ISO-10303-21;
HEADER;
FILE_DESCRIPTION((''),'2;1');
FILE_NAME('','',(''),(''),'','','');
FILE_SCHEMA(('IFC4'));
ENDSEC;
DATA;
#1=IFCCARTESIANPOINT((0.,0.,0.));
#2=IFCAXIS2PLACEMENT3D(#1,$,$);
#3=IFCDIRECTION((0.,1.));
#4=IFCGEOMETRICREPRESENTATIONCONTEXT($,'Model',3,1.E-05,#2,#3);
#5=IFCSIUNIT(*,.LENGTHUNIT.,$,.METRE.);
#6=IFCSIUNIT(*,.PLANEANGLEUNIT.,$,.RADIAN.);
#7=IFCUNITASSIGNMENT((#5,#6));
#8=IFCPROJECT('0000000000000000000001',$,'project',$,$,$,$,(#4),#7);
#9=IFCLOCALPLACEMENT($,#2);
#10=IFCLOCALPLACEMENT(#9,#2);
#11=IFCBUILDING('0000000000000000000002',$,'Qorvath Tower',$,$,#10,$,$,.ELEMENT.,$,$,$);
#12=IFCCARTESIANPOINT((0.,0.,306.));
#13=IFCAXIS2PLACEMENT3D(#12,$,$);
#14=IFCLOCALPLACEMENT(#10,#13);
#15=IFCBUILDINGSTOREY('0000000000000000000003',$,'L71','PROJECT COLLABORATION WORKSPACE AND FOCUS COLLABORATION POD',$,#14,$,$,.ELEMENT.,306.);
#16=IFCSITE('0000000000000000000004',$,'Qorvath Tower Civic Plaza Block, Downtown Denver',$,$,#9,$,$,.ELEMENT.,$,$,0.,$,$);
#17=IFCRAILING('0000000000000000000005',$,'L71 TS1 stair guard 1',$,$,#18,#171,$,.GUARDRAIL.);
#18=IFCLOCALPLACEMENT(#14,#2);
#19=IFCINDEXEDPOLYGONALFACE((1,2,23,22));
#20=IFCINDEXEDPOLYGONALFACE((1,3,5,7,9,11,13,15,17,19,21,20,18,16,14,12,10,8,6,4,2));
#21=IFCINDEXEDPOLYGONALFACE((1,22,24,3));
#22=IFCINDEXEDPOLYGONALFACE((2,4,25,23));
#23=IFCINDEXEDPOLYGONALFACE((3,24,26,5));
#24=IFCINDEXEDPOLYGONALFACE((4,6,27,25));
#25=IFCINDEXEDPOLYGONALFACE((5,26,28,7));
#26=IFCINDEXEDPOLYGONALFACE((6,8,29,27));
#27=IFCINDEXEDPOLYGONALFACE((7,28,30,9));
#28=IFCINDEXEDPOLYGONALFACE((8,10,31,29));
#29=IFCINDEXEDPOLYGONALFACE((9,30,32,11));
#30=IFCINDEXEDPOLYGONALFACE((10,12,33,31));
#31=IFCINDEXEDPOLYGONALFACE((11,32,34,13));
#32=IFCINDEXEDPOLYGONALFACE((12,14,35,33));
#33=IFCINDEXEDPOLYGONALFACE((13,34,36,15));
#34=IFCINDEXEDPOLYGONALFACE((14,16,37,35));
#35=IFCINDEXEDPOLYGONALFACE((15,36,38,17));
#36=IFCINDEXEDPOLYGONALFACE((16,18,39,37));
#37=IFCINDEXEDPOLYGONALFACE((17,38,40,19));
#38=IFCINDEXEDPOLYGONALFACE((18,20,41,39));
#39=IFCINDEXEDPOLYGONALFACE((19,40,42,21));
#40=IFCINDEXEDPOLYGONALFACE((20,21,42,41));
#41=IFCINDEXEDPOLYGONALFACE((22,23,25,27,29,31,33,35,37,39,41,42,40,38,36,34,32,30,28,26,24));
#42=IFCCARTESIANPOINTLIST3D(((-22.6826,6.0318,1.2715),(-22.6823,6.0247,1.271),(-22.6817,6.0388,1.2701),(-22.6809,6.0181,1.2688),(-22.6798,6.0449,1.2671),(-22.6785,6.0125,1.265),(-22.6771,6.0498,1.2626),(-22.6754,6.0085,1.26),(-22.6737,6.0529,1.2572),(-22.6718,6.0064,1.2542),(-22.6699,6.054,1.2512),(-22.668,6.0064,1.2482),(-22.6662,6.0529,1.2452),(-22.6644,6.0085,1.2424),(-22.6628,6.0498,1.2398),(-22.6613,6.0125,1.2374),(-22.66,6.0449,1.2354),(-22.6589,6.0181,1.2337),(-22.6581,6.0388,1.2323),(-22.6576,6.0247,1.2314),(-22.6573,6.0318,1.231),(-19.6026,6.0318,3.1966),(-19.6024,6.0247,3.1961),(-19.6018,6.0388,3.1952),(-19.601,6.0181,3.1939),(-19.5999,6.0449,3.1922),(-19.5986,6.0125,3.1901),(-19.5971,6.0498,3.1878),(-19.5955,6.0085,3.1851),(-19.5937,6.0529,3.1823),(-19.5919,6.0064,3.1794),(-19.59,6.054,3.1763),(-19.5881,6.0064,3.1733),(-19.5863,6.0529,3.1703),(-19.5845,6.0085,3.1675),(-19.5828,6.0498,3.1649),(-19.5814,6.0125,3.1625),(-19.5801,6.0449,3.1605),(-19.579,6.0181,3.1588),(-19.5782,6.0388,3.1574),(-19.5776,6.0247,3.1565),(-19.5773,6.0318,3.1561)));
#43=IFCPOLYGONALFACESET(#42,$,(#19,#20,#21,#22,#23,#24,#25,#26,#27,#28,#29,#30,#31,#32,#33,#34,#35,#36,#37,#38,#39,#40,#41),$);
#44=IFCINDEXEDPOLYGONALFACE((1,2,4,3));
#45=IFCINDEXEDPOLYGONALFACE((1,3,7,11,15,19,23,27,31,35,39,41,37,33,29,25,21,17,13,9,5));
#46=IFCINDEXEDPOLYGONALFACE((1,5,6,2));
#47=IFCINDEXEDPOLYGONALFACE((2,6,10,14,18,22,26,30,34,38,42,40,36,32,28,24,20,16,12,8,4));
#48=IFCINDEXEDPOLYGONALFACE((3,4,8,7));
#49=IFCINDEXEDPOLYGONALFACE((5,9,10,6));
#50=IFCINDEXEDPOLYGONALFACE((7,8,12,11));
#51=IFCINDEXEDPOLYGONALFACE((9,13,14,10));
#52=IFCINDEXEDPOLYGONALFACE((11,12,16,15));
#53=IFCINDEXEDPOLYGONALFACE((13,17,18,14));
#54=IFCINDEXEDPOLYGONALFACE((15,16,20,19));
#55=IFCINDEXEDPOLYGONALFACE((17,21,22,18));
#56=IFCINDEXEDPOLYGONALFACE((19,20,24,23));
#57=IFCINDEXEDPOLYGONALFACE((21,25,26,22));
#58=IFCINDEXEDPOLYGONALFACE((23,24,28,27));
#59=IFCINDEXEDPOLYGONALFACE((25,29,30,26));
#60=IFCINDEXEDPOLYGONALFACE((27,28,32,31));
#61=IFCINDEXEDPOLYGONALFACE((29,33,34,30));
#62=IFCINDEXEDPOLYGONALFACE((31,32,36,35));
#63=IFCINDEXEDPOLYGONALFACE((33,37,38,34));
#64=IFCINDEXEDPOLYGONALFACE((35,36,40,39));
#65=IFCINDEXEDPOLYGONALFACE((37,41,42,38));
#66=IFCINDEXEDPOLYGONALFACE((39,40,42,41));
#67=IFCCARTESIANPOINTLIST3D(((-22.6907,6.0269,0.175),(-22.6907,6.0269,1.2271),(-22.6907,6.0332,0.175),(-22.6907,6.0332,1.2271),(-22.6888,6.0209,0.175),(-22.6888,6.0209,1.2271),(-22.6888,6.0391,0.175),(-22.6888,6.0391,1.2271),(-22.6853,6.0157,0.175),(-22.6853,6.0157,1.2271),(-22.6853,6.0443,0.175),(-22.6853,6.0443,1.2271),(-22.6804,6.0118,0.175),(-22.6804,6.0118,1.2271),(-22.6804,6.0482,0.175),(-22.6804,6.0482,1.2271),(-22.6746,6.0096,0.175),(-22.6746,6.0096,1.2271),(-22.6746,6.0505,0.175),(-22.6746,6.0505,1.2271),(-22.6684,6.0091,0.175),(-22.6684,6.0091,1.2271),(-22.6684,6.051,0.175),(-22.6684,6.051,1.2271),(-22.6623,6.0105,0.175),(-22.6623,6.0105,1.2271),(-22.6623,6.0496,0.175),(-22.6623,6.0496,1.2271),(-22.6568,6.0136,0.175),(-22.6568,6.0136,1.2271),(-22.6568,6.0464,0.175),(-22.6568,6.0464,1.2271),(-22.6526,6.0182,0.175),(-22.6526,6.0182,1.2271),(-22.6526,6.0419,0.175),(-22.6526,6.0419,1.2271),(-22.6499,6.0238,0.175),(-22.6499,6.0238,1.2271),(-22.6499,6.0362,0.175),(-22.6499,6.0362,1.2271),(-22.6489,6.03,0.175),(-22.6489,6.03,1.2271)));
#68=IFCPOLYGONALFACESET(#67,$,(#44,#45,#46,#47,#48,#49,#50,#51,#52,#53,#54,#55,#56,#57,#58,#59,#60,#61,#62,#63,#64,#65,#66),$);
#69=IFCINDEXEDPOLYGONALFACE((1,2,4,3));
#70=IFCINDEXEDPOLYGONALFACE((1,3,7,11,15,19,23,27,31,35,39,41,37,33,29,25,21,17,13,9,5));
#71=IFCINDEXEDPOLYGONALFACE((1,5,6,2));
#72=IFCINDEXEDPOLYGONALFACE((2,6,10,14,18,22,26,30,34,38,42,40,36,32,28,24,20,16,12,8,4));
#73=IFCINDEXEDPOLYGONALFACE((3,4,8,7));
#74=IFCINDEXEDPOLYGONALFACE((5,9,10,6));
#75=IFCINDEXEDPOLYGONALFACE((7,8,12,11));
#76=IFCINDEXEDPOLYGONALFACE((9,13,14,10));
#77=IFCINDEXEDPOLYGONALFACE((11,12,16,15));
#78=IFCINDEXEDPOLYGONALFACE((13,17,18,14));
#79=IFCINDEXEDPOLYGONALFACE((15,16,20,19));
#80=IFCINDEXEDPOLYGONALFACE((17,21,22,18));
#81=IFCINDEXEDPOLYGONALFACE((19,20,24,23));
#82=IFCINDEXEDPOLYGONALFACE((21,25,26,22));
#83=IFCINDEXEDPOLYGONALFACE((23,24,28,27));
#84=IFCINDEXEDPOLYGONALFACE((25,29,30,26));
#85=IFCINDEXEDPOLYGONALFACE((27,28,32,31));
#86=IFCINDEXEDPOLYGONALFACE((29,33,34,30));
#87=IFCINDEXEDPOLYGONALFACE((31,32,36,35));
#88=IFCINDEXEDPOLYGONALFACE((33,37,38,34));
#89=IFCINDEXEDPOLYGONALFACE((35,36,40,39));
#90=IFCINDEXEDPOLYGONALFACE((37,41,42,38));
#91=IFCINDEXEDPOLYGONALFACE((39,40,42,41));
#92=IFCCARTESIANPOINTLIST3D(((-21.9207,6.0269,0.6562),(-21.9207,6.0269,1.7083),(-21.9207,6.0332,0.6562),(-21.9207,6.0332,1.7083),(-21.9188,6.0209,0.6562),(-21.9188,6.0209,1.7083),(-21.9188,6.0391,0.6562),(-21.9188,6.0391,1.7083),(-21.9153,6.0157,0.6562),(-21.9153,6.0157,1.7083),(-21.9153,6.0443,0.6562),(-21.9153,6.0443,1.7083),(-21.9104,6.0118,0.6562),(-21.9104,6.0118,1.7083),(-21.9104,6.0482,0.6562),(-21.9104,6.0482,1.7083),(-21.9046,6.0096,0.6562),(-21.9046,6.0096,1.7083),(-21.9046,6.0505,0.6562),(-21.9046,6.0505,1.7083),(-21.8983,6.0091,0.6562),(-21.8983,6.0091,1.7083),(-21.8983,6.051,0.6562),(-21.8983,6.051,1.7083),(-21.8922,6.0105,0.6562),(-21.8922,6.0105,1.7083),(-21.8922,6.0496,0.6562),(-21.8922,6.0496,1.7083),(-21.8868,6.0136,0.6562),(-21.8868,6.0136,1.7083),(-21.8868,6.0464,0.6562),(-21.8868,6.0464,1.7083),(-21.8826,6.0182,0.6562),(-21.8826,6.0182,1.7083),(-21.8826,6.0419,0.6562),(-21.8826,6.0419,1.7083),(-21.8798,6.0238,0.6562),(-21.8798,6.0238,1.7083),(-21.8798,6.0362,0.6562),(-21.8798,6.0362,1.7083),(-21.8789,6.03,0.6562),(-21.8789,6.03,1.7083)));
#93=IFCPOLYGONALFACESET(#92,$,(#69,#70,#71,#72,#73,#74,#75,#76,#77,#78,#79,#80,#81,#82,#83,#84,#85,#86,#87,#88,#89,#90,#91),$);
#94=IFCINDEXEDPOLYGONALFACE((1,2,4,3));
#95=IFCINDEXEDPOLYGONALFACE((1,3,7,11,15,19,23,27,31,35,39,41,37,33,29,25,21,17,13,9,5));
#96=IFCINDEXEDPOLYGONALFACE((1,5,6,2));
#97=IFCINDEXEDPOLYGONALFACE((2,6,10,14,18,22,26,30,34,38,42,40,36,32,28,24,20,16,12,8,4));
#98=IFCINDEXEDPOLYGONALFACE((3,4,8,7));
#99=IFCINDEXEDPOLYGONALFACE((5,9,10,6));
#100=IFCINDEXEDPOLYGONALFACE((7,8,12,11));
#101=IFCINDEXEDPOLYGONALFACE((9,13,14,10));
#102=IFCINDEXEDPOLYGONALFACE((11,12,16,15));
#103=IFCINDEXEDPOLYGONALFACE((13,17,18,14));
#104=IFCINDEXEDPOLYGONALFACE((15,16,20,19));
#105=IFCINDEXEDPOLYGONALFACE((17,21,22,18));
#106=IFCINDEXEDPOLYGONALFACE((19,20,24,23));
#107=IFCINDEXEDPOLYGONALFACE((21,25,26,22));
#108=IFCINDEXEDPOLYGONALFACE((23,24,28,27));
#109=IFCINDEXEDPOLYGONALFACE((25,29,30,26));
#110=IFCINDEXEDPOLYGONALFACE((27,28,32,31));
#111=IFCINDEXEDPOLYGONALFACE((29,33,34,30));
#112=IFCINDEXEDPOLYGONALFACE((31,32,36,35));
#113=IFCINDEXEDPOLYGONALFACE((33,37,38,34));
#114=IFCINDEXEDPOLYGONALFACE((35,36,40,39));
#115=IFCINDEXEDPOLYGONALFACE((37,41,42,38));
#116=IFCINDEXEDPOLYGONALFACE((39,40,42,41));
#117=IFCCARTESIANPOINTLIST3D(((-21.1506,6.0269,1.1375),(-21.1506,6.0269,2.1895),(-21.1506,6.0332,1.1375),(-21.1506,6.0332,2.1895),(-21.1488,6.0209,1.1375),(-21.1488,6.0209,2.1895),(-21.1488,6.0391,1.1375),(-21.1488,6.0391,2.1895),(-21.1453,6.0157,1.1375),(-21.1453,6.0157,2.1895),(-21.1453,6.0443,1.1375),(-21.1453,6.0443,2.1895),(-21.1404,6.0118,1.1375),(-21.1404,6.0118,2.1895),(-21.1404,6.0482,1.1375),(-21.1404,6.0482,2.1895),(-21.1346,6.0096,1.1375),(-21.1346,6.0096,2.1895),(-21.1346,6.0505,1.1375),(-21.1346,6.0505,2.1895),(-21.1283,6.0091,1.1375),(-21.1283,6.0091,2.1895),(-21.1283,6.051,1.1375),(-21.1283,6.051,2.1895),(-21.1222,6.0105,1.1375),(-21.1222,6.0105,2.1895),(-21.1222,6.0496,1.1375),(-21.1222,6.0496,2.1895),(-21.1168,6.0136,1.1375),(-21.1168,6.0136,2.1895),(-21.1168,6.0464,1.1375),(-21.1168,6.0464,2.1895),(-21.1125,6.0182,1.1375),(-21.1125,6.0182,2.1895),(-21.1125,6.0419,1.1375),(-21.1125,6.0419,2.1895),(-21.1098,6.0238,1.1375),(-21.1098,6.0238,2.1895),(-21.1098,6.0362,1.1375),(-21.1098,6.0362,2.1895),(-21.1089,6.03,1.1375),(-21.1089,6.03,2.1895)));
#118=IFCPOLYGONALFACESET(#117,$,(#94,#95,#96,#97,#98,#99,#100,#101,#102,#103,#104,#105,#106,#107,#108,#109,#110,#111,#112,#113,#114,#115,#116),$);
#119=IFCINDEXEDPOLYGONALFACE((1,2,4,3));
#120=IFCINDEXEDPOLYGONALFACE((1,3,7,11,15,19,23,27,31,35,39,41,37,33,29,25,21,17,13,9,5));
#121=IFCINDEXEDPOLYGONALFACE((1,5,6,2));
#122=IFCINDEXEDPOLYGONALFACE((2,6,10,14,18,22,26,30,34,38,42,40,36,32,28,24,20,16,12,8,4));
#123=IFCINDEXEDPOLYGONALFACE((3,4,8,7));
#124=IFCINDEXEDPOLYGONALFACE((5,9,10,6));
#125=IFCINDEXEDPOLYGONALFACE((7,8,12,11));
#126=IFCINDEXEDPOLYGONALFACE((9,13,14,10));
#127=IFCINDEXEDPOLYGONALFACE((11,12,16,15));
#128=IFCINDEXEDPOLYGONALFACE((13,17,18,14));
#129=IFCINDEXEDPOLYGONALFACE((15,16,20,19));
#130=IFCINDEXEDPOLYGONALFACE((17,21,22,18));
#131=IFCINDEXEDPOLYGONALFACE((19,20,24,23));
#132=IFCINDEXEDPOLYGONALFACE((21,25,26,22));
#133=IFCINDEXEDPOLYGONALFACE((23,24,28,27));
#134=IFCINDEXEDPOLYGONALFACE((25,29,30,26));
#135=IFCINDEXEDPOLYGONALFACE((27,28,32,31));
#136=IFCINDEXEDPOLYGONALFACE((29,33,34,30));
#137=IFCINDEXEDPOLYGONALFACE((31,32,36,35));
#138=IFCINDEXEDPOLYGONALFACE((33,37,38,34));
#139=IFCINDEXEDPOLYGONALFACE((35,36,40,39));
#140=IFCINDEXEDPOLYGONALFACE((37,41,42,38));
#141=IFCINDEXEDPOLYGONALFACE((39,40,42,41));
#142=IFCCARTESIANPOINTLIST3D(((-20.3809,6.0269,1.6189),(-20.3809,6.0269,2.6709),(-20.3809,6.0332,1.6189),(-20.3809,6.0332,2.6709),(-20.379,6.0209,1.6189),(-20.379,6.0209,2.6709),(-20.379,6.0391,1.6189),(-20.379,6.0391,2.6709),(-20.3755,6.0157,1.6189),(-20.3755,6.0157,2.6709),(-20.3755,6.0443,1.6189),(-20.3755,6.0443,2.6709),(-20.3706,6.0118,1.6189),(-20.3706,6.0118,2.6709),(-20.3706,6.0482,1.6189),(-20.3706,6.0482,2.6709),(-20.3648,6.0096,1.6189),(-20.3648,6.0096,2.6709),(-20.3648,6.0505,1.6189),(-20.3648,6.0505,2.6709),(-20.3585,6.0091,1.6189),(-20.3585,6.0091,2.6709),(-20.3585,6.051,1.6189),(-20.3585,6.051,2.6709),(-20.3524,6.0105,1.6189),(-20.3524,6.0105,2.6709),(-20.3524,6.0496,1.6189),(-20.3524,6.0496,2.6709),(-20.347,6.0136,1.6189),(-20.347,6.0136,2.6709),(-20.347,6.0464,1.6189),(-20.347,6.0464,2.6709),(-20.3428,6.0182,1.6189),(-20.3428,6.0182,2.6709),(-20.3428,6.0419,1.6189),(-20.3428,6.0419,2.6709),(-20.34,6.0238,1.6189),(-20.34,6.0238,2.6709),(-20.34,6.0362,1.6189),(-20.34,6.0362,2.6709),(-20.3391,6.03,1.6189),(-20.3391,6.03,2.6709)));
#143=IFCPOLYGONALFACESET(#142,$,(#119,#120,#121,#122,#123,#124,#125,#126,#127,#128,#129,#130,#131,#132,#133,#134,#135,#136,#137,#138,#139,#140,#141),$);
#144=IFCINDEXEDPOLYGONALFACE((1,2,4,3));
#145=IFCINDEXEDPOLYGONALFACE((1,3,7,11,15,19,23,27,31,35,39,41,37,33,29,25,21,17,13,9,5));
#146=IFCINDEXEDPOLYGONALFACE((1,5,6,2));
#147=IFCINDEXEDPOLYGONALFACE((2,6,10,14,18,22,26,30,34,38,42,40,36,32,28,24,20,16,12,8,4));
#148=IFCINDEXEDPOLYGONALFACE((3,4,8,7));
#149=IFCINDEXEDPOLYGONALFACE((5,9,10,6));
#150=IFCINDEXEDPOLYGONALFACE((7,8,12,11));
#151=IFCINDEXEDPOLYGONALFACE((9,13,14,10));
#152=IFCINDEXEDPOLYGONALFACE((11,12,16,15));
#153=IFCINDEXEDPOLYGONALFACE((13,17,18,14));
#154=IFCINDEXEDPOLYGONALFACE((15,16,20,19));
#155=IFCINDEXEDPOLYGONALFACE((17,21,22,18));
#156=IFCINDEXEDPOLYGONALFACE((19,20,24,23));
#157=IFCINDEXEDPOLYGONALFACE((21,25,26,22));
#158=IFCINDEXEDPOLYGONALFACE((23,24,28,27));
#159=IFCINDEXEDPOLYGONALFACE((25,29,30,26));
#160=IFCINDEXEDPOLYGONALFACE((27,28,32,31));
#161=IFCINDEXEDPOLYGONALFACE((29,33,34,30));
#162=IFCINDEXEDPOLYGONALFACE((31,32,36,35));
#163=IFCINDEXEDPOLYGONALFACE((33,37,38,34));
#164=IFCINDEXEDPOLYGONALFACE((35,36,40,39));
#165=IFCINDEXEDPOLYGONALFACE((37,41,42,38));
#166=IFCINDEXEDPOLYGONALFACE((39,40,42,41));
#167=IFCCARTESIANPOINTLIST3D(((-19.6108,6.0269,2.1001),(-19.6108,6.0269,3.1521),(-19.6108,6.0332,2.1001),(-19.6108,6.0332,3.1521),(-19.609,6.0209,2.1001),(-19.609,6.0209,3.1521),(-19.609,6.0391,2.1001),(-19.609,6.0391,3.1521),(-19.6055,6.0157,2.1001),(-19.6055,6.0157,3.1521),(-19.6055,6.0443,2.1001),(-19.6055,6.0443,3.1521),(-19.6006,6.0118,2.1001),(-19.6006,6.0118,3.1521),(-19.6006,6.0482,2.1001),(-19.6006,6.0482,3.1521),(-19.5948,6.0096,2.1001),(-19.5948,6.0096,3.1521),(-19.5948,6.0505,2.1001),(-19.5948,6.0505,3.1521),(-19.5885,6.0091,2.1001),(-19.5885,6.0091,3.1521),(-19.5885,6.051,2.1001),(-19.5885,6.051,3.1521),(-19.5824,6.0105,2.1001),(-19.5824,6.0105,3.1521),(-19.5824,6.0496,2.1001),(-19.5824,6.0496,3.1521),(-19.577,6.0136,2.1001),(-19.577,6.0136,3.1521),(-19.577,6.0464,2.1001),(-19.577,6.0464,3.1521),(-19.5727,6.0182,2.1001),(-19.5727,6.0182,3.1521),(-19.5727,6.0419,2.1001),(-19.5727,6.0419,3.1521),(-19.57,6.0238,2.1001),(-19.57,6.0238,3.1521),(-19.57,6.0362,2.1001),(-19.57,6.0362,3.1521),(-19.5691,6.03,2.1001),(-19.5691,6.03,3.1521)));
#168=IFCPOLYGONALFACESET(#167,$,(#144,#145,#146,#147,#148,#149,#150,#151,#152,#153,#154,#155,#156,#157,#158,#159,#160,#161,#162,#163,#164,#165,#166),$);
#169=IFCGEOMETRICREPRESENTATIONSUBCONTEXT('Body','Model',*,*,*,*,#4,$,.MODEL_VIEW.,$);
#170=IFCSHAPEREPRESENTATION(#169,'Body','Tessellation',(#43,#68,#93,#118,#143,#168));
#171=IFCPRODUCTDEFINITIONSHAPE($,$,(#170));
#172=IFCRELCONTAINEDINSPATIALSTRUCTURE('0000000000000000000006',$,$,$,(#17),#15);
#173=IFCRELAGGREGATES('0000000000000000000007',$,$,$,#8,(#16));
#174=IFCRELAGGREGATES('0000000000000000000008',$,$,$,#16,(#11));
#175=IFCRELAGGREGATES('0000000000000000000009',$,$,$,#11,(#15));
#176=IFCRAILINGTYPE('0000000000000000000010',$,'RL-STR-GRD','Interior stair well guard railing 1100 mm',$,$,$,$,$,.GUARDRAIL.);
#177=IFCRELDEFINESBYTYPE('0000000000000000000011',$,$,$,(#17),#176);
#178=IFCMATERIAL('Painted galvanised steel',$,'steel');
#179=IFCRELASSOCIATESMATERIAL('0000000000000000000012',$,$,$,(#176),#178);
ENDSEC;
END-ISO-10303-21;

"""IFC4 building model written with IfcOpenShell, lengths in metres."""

from ifc_helpers import new_model, si_unit, direction, frame, origin, origin_2d, place, context, subcontext, project, spatial, circle, extrude, material, type_object, element, save


model = new_model("IFC4")

# Units and contexts
model_context = context("Model", 3, precision=1e-05, world=origin(), true_north=direction((0.0, 1.0)))
body_context = subcontext(model_context, "Body", "Model", "MODEL_VIEW")
ifc_project = project(units=[si_unit("LENGTHUNIT", "METRE"), si_unit("PLANEANGLEUNIT", "RADIAN")], contexts=[model_context])

# Site, building, storey
site_placement = place(None, origin())
site = spatial("IfcSite", under=ifc_project, at=site_placement, Name="Qorvath Tower Civic Plaza Block, Downtown Denver", CompositionType="ELEMENT", RefElevation=0.0)
building_placement = place(site_placement, origin())
building = spatial("IfcBuilding", under=site, at=building_placement, Name="Qorvath Tower", CompositionType="ELEMENT")
storey_placement = place(building_placement, frame((0.0, 0.0, 306.0)))
storey = spatial("IfcBuildingStorey", under=building, at=storey_placement, Name="L71", Description="PROJECT COLLABORATION WORKSPACE AND FOCUS COLLABORATION POD", CompositionType="ELEMENT", Elevation=306.0)

# Railing
ifc_material_1 = material(Name="Painted galvanised steel", Category="steel")
railing_type_1 = type_object("IfcRailingType", Name="RL-STR-GRD", Description="Interior stair well guard railing 1100 mm", PredefinedType="GUARDRAIL", material=ifc_material_1)
railing_1_placement = place(storey_placement, frame((-22.6699, 6.03, 0.175)))
element("IfcRailing", 1, at=railing_1_placement, inside=storey, type_object=railing_type_1, Name="L71 TS1 stair guard 1", PredefinedType="GUARDRAIL", context=body_context, shape_type="SweptSolid", body=[
    extrude(circle(Radius=0.0239, at=origin_2d()), frame((0.0, 0.0, 1.0762), z_axis=(0.847979, 0.0, 0.530029), x_axis=(0.0, 1.0, 0.0)), (0.0, 0.0, 1.0), 3.6321),
    extrude(circle(Radius=0.021, at=origin_2d()), origin(), (0.0, 0.0, 1.0), 1.052),
    extrude(circle(Radius=0.021, at=origin_2d()), frame((0.77, 0.0, 0.4812)), (0.0, 0.0, 1.0), 1.052),
    extrude(circle(Radius=0.021, at=origin_2d()), frame((1.54, 0.0, 0.9624)), (0.0, 0.0, 1.0), 1.052),
    extrude(circle(Radius=0.021, at=origin_2d()), frame((2.3098, 0.0, 1.4438)), (0.0, 0.0, 1.0), 1.052),
    extrude(circle(Radius=0.021, at=origin_2d()), frame((3.0798, 0.0, 1.925)), (0.0, 0.0, 1.0), 1.052),
])

save(model, "model.ifc")
